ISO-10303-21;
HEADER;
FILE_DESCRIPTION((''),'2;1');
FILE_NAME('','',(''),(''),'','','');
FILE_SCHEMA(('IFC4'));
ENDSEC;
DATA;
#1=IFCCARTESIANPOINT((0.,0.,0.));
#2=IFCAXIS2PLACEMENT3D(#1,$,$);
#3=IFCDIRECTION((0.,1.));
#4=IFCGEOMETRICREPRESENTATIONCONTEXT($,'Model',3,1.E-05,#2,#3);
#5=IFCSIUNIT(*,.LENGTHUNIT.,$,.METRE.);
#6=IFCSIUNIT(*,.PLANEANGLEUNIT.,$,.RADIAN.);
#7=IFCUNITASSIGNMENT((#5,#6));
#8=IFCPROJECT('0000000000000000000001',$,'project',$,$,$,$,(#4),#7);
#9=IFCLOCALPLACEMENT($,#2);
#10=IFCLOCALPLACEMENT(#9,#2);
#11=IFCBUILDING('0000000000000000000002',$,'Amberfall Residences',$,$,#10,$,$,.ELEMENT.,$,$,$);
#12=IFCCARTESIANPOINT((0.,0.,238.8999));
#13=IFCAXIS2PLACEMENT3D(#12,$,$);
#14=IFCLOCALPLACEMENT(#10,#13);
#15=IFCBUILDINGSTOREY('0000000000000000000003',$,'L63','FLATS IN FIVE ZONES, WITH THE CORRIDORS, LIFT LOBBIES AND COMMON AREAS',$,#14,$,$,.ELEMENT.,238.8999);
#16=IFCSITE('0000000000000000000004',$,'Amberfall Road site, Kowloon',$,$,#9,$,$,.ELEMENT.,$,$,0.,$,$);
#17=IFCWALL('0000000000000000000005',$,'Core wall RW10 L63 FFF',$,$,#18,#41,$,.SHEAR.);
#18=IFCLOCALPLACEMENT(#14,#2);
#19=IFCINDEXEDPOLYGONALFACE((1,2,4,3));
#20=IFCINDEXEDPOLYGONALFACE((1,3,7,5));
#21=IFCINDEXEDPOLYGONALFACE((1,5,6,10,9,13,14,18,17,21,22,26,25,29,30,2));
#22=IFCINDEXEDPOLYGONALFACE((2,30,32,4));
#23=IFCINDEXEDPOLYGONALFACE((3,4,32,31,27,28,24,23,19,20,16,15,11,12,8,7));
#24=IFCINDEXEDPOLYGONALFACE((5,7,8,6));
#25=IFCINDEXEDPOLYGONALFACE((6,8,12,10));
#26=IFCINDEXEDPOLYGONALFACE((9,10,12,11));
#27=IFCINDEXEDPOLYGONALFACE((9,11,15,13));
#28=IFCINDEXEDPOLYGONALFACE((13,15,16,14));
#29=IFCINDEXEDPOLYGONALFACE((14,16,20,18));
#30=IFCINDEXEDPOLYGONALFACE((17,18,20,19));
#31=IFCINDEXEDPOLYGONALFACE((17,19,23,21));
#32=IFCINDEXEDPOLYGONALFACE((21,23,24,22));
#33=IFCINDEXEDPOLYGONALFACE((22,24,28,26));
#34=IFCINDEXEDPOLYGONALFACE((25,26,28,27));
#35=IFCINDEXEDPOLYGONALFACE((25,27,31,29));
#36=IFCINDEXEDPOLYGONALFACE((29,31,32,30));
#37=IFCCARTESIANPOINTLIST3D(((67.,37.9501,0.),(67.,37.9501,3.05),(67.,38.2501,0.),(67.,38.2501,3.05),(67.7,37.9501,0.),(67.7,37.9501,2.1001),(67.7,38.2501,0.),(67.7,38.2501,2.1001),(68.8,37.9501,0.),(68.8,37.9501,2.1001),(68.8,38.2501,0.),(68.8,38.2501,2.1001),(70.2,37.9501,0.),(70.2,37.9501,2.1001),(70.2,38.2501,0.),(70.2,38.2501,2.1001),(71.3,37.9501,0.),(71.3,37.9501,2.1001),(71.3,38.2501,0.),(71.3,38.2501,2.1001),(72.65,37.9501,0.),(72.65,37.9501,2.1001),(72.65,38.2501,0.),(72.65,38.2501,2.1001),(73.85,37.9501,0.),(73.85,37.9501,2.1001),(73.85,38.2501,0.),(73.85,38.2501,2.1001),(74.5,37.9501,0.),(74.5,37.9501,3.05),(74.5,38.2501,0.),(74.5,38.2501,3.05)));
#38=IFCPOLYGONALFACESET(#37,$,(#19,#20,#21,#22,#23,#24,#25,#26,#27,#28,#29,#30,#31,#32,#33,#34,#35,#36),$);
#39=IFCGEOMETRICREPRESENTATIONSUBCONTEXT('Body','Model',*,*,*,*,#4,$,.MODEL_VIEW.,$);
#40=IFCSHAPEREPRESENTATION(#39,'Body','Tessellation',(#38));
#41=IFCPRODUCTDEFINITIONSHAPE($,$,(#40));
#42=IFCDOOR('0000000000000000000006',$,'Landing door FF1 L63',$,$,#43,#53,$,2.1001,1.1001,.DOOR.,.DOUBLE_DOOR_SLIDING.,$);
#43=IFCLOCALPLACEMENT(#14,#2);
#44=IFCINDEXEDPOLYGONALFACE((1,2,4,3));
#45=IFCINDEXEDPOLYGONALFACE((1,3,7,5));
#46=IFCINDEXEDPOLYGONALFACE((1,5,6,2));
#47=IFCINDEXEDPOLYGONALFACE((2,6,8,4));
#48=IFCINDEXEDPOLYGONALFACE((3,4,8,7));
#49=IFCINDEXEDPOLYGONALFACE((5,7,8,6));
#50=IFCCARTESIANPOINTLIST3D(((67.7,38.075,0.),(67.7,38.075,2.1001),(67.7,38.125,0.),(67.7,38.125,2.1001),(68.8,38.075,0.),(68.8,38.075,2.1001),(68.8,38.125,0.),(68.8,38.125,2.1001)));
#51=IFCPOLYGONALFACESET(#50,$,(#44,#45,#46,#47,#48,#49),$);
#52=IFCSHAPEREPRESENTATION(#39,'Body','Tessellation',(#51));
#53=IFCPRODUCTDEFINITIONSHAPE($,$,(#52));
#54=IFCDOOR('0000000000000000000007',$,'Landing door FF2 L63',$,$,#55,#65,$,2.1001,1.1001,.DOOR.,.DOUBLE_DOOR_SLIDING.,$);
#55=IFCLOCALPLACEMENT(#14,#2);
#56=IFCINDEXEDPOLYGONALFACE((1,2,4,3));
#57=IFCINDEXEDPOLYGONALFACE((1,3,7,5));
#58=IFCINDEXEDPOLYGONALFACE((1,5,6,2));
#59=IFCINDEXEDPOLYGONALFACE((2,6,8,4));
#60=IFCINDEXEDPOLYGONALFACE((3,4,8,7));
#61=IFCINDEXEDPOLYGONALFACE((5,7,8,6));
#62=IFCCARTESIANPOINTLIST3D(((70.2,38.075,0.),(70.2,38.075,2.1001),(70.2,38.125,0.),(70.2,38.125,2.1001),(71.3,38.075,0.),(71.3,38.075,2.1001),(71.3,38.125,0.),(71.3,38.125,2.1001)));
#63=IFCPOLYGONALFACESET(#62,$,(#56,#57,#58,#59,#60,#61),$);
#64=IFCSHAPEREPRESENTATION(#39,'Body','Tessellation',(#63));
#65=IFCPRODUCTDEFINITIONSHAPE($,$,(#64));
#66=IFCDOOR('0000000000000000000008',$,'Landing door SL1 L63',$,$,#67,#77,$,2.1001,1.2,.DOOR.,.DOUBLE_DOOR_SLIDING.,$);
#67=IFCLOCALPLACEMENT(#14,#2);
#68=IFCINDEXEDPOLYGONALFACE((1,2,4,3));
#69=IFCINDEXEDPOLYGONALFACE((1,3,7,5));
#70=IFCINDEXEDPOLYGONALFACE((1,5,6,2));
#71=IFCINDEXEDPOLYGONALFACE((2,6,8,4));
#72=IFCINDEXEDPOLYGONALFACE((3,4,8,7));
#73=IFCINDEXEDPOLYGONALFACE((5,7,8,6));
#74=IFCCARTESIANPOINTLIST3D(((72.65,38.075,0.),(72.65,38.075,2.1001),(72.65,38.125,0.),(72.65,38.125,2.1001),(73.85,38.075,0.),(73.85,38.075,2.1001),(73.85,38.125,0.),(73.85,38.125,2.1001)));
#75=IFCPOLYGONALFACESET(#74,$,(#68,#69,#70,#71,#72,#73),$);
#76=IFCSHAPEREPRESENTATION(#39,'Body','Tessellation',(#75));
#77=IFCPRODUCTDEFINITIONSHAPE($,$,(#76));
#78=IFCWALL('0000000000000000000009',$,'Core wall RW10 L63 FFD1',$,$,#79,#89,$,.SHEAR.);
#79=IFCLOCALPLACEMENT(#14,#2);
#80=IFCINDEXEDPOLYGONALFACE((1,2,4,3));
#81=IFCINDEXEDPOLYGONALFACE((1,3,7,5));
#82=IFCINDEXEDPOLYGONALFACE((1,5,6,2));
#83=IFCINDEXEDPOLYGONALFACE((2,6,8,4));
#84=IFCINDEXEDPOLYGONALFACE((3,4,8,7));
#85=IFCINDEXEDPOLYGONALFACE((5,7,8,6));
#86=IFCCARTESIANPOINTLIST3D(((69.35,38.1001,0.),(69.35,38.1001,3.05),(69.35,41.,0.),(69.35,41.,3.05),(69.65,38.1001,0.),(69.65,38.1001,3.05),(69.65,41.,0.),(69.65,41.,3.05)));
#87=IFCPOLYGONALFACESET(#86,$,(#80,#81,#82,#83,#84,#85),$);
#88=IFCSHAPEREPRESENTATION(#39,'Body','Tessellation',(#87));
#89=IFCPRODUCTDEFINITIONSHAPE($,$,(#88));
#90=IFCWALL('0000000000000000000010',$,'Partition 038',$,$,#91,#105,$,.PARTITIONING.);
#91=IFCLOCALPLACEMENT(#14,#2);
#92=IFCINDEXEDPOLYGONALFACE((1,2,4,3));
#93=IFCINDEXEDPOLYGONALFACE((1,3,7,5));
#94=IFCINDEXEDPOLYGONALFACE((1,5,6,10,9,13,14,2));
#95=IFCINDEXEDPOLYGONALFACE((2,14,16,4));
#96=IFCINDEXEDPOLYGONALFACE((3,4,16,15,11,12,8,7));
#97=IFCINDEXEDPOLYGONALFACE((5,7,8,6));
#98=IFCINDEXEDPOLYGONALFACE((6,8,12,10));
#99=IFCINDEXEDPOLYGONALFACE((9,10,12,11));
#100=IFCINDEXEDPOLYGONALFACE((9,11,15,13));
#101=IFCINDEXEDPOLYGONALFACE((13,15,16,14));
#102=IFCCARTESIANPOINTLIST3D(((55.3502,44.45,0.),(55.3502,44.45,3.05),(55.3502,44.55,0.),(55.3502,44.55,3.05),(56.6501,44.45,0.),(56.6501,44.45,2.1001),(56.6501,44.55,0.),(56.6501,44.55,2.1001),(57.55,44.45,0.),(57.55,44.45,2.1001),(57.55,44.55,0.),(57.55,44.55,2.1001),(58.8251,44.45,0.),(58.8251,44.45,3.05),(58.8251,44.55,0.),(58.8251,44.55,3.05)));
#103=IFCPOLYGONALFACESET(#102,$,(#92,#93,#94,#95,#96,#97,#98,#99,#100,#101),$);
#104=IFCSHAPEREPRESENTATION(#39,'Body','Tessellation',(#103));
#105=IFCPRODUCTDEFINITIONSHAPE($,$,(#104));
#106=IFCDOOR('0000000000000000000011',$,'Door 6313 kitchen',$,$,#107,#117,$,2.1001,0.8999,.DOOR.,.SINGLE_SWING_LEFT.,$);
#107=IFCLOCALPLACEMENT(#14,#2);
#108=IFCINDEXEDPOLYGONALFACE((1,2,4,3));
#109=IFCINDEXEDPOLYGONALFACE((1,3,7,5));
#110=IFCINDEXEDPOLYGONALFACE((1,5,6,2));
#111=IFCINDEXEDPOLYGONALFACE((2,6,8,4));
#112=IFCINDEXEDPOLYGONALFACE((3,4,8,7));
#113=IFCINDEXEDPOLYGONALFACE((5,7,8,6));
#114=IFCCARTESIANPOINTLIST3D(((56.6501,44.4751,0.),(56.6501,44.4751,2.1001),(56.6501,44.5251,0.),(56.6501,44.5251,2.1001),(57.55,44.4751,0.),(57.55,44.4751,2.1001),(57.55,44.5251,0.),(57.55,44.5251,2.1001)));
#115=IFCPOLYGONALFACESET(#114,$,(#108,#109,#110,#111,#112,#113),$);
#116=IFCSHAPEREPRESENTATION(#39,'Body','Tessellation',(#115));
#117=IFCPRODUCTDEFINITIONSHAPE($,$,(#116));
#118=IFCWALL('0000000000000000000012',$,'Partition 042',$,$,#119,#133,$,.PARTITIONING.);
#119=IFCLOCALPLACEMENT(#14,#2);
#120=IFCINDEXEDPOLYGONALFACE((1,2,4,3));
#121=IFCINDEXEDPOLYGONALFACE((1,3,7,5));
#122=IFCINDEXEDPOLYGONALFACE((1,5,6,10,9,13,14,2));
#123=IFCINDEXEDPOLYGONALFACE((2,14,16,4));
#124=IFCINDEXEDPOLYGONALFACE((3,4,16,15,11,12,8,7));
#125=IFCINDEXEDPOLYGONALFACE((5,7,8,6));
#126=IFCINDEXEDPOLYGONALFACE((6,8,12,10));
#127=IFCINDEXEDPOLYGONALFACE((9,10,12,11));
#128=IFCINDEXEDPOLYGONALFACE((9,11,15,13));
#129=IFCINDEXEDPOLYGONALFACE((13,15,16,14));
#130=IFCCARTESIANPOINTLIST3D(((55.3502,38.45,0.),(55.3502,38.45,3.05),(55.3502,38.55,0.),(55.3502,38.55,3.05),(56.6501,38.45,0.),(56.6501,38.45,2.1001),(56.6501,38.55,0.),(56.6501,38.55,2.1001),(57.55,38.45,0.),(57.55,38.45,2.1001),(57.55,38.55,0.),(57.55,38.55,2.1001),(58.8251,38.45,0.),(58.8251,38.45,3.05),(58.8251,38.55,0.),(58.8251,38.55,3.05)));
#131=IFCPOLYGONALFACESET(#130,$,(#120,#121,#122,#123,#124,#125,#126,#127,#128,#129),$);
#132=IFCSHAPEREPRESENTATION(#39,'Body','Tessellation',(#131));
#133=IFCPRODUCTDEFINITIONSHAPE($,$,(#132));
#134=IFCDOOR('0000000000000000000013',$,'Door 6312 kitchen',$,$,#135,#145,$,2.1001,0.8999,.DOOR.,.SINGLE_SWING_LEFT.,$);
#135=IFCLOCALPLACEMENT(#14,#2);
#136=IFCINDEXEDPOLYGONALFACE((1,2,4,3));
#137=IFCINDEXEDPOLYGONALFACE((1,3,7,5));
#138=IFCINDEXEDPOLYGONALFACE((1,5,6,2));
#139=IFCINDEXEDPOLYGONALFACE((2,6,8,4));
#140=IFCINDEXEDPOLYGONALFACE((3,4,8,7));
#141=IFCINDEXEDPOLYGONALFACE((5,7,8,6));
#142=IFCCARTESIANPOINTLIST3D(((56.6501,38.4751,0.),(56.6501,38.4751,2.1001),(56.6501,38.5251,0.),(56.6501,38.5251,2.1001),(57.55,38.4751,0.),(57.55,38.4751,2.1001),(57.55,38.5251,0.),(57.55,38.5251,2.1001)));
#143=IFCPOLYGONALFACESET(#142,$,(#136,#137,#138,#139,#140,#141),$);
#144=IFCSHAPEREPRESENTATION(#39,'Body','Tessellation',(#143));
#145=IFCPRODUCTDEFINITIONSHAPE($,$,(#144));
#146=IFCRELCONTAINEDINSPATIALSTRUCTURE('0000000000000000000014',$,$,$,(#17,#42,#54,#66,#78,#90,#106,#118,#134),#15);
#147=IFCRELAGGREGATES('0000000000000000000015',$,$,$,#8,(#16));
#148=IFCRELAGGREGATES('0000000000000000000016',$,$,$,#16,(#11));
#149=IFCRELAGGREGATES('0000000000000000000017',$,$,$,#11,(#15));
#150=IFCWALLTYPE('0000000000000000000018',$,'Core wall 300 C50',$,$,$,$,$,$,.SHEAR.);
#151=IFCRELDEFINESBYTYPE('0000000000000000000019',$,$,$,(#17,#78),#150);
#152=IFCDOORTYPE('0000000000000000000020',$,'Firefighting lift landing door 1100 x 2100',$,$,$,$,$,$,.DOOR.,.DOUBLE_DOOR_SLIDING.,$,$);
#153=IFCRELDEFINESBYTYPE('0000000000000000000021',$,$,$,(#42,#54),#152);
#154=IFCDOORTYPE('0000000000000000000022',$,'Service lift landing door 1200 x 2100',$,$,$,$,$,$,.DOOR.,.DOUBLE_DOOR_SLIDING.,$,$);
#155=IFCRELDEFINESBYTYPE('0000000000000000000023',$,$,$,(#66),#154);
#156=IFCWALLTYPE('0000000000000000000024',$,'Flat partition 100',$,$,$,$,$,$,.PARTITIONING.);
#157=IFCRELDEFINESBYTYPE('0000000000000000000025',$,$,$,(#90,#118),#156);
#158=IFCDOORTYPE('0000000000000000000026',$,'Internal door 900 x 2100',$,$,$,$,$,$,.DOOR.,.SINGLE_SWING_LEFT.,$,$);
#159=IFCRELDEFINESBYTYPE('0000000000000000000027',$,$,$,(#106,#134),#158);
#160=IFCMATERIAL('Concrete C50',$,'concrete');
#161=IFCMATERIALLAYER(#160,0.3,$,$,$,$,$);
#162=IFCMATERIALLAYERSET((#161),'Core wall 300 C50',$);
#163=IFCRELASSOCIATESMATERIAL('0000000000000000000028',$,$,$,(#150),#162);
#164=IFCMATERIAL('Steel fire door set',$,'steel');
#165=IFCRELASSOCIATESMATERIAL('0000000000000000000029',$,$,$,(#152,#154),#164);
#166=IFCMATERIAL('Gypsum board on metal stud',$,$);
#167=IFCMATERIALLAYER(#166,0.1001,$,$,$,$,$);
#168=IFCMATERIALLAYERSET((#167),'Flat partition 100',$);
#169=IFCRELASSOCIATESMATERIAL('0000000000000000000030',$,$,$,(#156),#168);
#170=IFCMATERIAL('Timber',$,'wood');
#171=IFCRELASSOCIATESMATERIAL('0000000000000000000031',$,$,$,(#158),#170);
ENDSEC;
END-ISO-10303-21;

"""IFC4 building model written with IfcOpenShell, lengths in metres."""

from ifc_helpers import new_model, si_unit, direction, frame, frame_2d, origin, place, context, subcontext, project, spatial, rectangle, extrude, material, layer, layer_set, type_object, element, fill, save


model = new_model("IFC4")

# Units and contexts
model_context = context("Model", 3, precision=1e-05, world=origin(), true_north=direction((0.0, 1.0)))
body_context = subcontext(model_context, "Body", "Model", "MODEL_VIEW")
ifc_project = project(units=[si_unit("LENGTHUNIT", "METRE"), si_unit("PLANEANGLEUNIT", "RADIAN")], contexts=[model_context])

# Site, building, storey
site_placement = place(None, origin())
site = spatial("IfcSite", under=ifc_project, at=site_placement, Name="Amberfall Road site, Kowloon", CompositionType="ELEMENT", RefElevation=0.0)
building_placement = place(site_placement, origin())
building = spatial("IfcBuilding", under=site, at=building_placement, Name="Amberfall Residences", CompositionType="ELEMENT")
storey_placement = place(building_placement, frame((0.0, 0.0, 238.8999)))
storey = spatial("IfcBuildingStorey", under=building, at=storey_placement, Name="L63", Description="FLATS IN FIVE ZONES, WITH THE CORRIDORS, LIFT LOBBIES AND COMMON AREAS", CompositionType="ELEMENT", Elevation=238.8999)

# Shared definitions
ifc_material_1 = material(Name="Concrete C50", Category="concrete")
ifc_layer_1 = layer(ifc_material_1, 0.3)
ifc_layer_set_1 = layer_set([ifc_layer_1], Name="Core wall 300 C50")
wall_type_1 = type_object("IfcWallType", Name="Core wall 300 C50", PredefinedType="SHEAR", material=ifc_layer_set_1)

# Shared definitions
ifc_material_2 = material(Name="Steel fire door set", Category="steel")

# Wall, openings, doors
wall_1_placement = place(storey_placement, frame((67.0, 38.1001, 0.0), z_axis=(0.0, 0.0, 1.0), x_axis=(1.0, 0.0, 0.0)))
wall_1 = element("IfcWall", 1, at=wall_1_placement, inside=storey, type_object=wall_type_1, Name="Core wall RW10 L63 FFF", PredefinedType="SHEAR", context=body_context, shape_type="SweptSolid", body=[
    extrude(rectangle(XDim=7.5, YDim=0.3, at=frame_2d((3.75, 0.0))), origin(), (0.0, 0.0, 1.0), 3.05),
])
opening_1_placement = place(wall_1_placement, frame((0.7, 0.0, 0.0)))
opening_1 = element("IfcOpeningElement", 2, at=opening_1_placement, cuts=wall_1, PredefinedType="OPENING", context=body_context, shape_type="SweptSolid", body=[
    extrude(rectangle(XDim=1.1001, YDim=2.1001, at=frame_2d((0.55, 1.05))), frame((0.0, 0.1599, 0.0), z_axis=(0.0, -1.0, 0.0), x_axis=(1.0, 0.0, 0.0)), (0.0, 0.0, 1.0), 0.3201),
])
opening_2_placement = place(wall_1_placement, frame((3.2, 0.0, 0.0)))
opening_2 = element("IfcOpeningElement", 3, at=opening_2_placement, cuts=wall_1, PredefinedType="OPENING", context=body_context, shape_type="SweptSolid", body=[
    extrude(rectangle(XDim=1.1001, YDim=2.1001, at=frame_2d((0.55, 1.05))), frame((0.0, 0.1599, 0.0), z_axis=(0.0, -1.0, 0.0), x_axis=(1.0, 0.0, 0.0)), (0.0, 0.0, 1.0), 0.3201),
])
opening_3_placement = place(wall_1_placement, frame((5.6499, 0.0, 0.0)))
opening_3 = element("IfcOpeningElement", 4, at=opening_3_placement, cuts=wall_1, PredefinedType="OPENING", context=body_context, shape_type="SweptSolid", body=[
    extrude(rectangle(XDim=1.2, YDim=2.1001, at=frame_2d((0.6001, 1.05))), frame((0.0, 0.1599, 0.0), z_axis=(0.0, -1.0, 0.0), x_axis=(1.0, 0.0, 0.0)), (0.0, 0.0, 1.0), 0.3201),
])
door_type_1 = type_object("IfcDoorType", Name="Firefighting lift landing door 1100 x 2100", OperationType="DOUBLE_DOOR_SLIDING", PredefinedType="DOOR", material=ifc_material_2)
door_1_placement = place(opening_1_placement, origin())
door_1 = element("IfcDoor", 5, at=door_1_placement, inside=storey, type_object=door_type_1, Name="Landing door FF1 L63", OperationType="DOUBLE_DOOR_SLIDING", OverallHeight=2.1001, OverallWidth=1.1001, PredefinedType="DOOR", context=body_context, shape_type="SweptSolid", body=[
    extrude(rectangle(XDim=1.1001, YDim=2.1001, at=frame_2d((0.55, 1.05))), frame((0.0, 0.0249, 0.0), z_axis=(0.0, -1.0, 0.0), x_axis=(1.0, 0.0, 0.0)), (0.0, 0.0, 1.0), 0.05),
])
fill(opening_1, door_1)
door_2_placement = place(opening_2_placement, origin())
door_2 = element("IfcDoor", 6, at=door_2_placement, inside=storey, type_object=door_type_1, Name="Landing door FF2 L63", OperationType="DOUBLE_DOOR_SLIDING", OverallHeight=2.1001, OverallWidth=1.1001, PredefinedType="DOOR", context=body_context, shape_type="SweptSolid", body=[
    extrude(rectangle(XDim=1.1001, YDim=2.1001, at=frame_2d((0.55, 1.05))), frame((0.0, 0.0249, 0.0), z_axis=(0.0, -1.0, 0.0), x_axis=(1.0, 0.0, 0.0)), (0.0, 0.0, 1.0), 0.05),
])
fill(opening_2, door_2)
door_type_2 = type_object("IfcDoorType", Name="Service lift landing door 1200 x 2100", OperationType="DOUBLE_DOOR_SLIDING", PredefinedType="DOOR", material=ifc_material_2)
door_3_placement = place(opening_3_placement, origin())
door_3 = element("IfcDoor", 7, at=door_3_placement, inside=storey, type_object=door_type_2, Name="Landing door SL1 L63", OperationType="DOUBLE_DOOR_SLIDING", OverallHeight=2.1001, OverallWidth=1.2, PredefinedType="DOOR", context=body_context, shape_type="SweptSolid", body=[
    extrude(rectangle(XDim=1.2, YDim=2.1001, at=frame_2d((0.6001, 1.05))), frame((0.0, 0.0249, 0.0), z_axis=(0.0, -1.0, 0.0), x_axis=(1.0, 0.0, 0.0)), (0.0, 0.0, 1.0), 0.05),
])
fill(opening_3, door_3)

# Wall
wall_2_placement = place(storey_placement, frame((69.5, 38.1001, 0.0), z_axis=(0.0, 0.0, 1.0), x_axis=(0.0, 1.0, 0.0)))
element("IfcWall", 8, at=wall_2_placement, inside=storey, type_object=wall_type_1, Name="Core wall RW10 L63 FFD1", PredefinedType="SHEAR", context=body_context, shape_type="SweptSolid", body=[
    extrude(rectangle(XDim=2.8999, YDim=0.3, at=frame_2d((1.45, 0.0))), origin(), (0.0, 0.0, 1.0), 3.05),
])

# Walls, openings, doors
ifc_material_3 = material(Name="Gypsum board on metal stud")
ifc_layer_2 = layer(ifc_material_3, 0.1001)
ifc_layer_set_2 = layer_set([ifc_layer_2], Name="Flat partition 100")
wall_type_2 = type_object("IfcWallType", Name="Flat partition 100", PredefinedType="PARTITIONING", material=ifc_layer_set_2)
wall_3_placement = place(storey_placement, frame((58.825, 44.5, 0.0), z_axis=(0.0, 0.0, 1.0), x_axis=(-1.0, 0.0, 0.0)))
wall_3 = element("IfcWall", 9, at=wall_3_placement, inside=storey, type_object=wall_type_2, Name="Partition 038", PredefinedType="PARTITIONING", context=body_context, shape_type="SweptSolid", body=[
    extrude(rectangle(XDim=3.4749, YDim=0.1001, at=frame_2d((1.7373, 0.0))), origin(), (0.0, 0.0, 1.0), 3.05),
])
opening_4_placement = place(wall_3_placement, frame((1.2749, 0.0, 0.0)))
opening_4 = element("IfcOpeningElement", 10, at=opening_4_placement, cuts=wall_3, PredefinedType="OPENING", context=body_context, shape_type="SweptSolid", body=[
    extrude(rectangle(XDim=0.8999, YDim=2.1001, at=frame_2d((0.45, 1.05))), frame((0.0, 0.0601, 0.0), z_axis=(0.0, -1.0, 0.0), x_axis=(1.0, 0.0, 0.0)), (0.0, 0.0, 1.0), 0.1201),
])
ifc_material_4 = material(Name="Timber", Category="wood")
door_type_3 = type_object("IfcDoorType", Name="Internal door 900 x 2100", OperationType="SINGLE_SWING_LEFT", PredefinedType="DOOR", material=ifc_material_4)
door_4_placement = place(opening_4_placement, origin())
door_4 = element("IfcDoor", 11, at=door_4_placement, inside=storey, type_object=door_type_3, Name="Door 6313 kitchen", OperationType="SINGLE_SWING_LEFT", OverallHeight=2.1001, OverallWidth=0.8999, PredefinedType="DOOR", context=body_context, shape_type="SweptSolid", body=[
    extrude(rectangle(XDim=0.8999, YDim=2.1001, at=frame_2d((0.45, 1.05))), frame((0.0, 0.0249, 0.0), z_axis=(0.0, -1.0, 0.0), x_axis=(1.0, 0.0, 0.0)), (0.0, 0.0, 1.0), 0.05),
])
fill(opening_4, door_4)
wall_4_placement = place(storey_placement, frame((58.825, 38.5, 0.0), z_axis=(0.0, 0.0, 1.0), x_axis=(-1.0, 0.0, 0.0)))
wall_4 = element("IfcWall", 12, at=wall_4_placement, inside=storey, type_object=wall_type_2, Name="Partition 042", PredefinedType="PARTITIONING", context=body_context, shape_type="SweptSolid", body=[
    extrude(rectangle(XDim=3.4749, YDim=0.1001, at=frame_2d((1.7373, 0.0))), origin(), (0.0, 0.0, 1.0), 3.05),
])
opening_5_placement = place(wall_4_placement, frame((1.2749, 0.0, 0.0)))
opening_5 = element("IfcOpeningElement", 13, at=opening_5_placement, cuts=wall_4, PredefinedType="OPENING", context=body_context, shape_type="SweptSolid", body=[
    extrude(rectangle(XDim=0.8999, YDim=2.1001, at=frame_2d((0.45, 1.05))), frame((0.0, 0.0601, 0.0), z_axis=(0.0, -1.0, 0.0), x_axis=(1.0, 0.0, 0.0)), (0.0, 0.0, 1.0), 0.1201),
])
door_5_placement = place(opening_5_placement, origin())
door_5 = element("IfcDoor", 14, at=door_5_placement, inside=storey, type_object=door_type_3, Name="Door 6312 kitchen", OperationType="SINGLE_SWING_LEFT", OverallHeight=2.1001, OverallWidth=0.8999, PredefinedType="DOOR", context=body_context, shape_type="SweptSolid", body=[
    extrude(rectangle(XDim=0.8999, YDim=2.1001, at=frame_2d((0.45, 1.05))), frame((0.0, 0.0249, 0.0), z_axis=(0.0, -1.0, 0.0), x_axis=(1.0, 0.0, 0.0)), (0.0, 0.0, 1.0), 0.05),
])
fill(opening_5, door_5)

save(model, "model.ifc")
